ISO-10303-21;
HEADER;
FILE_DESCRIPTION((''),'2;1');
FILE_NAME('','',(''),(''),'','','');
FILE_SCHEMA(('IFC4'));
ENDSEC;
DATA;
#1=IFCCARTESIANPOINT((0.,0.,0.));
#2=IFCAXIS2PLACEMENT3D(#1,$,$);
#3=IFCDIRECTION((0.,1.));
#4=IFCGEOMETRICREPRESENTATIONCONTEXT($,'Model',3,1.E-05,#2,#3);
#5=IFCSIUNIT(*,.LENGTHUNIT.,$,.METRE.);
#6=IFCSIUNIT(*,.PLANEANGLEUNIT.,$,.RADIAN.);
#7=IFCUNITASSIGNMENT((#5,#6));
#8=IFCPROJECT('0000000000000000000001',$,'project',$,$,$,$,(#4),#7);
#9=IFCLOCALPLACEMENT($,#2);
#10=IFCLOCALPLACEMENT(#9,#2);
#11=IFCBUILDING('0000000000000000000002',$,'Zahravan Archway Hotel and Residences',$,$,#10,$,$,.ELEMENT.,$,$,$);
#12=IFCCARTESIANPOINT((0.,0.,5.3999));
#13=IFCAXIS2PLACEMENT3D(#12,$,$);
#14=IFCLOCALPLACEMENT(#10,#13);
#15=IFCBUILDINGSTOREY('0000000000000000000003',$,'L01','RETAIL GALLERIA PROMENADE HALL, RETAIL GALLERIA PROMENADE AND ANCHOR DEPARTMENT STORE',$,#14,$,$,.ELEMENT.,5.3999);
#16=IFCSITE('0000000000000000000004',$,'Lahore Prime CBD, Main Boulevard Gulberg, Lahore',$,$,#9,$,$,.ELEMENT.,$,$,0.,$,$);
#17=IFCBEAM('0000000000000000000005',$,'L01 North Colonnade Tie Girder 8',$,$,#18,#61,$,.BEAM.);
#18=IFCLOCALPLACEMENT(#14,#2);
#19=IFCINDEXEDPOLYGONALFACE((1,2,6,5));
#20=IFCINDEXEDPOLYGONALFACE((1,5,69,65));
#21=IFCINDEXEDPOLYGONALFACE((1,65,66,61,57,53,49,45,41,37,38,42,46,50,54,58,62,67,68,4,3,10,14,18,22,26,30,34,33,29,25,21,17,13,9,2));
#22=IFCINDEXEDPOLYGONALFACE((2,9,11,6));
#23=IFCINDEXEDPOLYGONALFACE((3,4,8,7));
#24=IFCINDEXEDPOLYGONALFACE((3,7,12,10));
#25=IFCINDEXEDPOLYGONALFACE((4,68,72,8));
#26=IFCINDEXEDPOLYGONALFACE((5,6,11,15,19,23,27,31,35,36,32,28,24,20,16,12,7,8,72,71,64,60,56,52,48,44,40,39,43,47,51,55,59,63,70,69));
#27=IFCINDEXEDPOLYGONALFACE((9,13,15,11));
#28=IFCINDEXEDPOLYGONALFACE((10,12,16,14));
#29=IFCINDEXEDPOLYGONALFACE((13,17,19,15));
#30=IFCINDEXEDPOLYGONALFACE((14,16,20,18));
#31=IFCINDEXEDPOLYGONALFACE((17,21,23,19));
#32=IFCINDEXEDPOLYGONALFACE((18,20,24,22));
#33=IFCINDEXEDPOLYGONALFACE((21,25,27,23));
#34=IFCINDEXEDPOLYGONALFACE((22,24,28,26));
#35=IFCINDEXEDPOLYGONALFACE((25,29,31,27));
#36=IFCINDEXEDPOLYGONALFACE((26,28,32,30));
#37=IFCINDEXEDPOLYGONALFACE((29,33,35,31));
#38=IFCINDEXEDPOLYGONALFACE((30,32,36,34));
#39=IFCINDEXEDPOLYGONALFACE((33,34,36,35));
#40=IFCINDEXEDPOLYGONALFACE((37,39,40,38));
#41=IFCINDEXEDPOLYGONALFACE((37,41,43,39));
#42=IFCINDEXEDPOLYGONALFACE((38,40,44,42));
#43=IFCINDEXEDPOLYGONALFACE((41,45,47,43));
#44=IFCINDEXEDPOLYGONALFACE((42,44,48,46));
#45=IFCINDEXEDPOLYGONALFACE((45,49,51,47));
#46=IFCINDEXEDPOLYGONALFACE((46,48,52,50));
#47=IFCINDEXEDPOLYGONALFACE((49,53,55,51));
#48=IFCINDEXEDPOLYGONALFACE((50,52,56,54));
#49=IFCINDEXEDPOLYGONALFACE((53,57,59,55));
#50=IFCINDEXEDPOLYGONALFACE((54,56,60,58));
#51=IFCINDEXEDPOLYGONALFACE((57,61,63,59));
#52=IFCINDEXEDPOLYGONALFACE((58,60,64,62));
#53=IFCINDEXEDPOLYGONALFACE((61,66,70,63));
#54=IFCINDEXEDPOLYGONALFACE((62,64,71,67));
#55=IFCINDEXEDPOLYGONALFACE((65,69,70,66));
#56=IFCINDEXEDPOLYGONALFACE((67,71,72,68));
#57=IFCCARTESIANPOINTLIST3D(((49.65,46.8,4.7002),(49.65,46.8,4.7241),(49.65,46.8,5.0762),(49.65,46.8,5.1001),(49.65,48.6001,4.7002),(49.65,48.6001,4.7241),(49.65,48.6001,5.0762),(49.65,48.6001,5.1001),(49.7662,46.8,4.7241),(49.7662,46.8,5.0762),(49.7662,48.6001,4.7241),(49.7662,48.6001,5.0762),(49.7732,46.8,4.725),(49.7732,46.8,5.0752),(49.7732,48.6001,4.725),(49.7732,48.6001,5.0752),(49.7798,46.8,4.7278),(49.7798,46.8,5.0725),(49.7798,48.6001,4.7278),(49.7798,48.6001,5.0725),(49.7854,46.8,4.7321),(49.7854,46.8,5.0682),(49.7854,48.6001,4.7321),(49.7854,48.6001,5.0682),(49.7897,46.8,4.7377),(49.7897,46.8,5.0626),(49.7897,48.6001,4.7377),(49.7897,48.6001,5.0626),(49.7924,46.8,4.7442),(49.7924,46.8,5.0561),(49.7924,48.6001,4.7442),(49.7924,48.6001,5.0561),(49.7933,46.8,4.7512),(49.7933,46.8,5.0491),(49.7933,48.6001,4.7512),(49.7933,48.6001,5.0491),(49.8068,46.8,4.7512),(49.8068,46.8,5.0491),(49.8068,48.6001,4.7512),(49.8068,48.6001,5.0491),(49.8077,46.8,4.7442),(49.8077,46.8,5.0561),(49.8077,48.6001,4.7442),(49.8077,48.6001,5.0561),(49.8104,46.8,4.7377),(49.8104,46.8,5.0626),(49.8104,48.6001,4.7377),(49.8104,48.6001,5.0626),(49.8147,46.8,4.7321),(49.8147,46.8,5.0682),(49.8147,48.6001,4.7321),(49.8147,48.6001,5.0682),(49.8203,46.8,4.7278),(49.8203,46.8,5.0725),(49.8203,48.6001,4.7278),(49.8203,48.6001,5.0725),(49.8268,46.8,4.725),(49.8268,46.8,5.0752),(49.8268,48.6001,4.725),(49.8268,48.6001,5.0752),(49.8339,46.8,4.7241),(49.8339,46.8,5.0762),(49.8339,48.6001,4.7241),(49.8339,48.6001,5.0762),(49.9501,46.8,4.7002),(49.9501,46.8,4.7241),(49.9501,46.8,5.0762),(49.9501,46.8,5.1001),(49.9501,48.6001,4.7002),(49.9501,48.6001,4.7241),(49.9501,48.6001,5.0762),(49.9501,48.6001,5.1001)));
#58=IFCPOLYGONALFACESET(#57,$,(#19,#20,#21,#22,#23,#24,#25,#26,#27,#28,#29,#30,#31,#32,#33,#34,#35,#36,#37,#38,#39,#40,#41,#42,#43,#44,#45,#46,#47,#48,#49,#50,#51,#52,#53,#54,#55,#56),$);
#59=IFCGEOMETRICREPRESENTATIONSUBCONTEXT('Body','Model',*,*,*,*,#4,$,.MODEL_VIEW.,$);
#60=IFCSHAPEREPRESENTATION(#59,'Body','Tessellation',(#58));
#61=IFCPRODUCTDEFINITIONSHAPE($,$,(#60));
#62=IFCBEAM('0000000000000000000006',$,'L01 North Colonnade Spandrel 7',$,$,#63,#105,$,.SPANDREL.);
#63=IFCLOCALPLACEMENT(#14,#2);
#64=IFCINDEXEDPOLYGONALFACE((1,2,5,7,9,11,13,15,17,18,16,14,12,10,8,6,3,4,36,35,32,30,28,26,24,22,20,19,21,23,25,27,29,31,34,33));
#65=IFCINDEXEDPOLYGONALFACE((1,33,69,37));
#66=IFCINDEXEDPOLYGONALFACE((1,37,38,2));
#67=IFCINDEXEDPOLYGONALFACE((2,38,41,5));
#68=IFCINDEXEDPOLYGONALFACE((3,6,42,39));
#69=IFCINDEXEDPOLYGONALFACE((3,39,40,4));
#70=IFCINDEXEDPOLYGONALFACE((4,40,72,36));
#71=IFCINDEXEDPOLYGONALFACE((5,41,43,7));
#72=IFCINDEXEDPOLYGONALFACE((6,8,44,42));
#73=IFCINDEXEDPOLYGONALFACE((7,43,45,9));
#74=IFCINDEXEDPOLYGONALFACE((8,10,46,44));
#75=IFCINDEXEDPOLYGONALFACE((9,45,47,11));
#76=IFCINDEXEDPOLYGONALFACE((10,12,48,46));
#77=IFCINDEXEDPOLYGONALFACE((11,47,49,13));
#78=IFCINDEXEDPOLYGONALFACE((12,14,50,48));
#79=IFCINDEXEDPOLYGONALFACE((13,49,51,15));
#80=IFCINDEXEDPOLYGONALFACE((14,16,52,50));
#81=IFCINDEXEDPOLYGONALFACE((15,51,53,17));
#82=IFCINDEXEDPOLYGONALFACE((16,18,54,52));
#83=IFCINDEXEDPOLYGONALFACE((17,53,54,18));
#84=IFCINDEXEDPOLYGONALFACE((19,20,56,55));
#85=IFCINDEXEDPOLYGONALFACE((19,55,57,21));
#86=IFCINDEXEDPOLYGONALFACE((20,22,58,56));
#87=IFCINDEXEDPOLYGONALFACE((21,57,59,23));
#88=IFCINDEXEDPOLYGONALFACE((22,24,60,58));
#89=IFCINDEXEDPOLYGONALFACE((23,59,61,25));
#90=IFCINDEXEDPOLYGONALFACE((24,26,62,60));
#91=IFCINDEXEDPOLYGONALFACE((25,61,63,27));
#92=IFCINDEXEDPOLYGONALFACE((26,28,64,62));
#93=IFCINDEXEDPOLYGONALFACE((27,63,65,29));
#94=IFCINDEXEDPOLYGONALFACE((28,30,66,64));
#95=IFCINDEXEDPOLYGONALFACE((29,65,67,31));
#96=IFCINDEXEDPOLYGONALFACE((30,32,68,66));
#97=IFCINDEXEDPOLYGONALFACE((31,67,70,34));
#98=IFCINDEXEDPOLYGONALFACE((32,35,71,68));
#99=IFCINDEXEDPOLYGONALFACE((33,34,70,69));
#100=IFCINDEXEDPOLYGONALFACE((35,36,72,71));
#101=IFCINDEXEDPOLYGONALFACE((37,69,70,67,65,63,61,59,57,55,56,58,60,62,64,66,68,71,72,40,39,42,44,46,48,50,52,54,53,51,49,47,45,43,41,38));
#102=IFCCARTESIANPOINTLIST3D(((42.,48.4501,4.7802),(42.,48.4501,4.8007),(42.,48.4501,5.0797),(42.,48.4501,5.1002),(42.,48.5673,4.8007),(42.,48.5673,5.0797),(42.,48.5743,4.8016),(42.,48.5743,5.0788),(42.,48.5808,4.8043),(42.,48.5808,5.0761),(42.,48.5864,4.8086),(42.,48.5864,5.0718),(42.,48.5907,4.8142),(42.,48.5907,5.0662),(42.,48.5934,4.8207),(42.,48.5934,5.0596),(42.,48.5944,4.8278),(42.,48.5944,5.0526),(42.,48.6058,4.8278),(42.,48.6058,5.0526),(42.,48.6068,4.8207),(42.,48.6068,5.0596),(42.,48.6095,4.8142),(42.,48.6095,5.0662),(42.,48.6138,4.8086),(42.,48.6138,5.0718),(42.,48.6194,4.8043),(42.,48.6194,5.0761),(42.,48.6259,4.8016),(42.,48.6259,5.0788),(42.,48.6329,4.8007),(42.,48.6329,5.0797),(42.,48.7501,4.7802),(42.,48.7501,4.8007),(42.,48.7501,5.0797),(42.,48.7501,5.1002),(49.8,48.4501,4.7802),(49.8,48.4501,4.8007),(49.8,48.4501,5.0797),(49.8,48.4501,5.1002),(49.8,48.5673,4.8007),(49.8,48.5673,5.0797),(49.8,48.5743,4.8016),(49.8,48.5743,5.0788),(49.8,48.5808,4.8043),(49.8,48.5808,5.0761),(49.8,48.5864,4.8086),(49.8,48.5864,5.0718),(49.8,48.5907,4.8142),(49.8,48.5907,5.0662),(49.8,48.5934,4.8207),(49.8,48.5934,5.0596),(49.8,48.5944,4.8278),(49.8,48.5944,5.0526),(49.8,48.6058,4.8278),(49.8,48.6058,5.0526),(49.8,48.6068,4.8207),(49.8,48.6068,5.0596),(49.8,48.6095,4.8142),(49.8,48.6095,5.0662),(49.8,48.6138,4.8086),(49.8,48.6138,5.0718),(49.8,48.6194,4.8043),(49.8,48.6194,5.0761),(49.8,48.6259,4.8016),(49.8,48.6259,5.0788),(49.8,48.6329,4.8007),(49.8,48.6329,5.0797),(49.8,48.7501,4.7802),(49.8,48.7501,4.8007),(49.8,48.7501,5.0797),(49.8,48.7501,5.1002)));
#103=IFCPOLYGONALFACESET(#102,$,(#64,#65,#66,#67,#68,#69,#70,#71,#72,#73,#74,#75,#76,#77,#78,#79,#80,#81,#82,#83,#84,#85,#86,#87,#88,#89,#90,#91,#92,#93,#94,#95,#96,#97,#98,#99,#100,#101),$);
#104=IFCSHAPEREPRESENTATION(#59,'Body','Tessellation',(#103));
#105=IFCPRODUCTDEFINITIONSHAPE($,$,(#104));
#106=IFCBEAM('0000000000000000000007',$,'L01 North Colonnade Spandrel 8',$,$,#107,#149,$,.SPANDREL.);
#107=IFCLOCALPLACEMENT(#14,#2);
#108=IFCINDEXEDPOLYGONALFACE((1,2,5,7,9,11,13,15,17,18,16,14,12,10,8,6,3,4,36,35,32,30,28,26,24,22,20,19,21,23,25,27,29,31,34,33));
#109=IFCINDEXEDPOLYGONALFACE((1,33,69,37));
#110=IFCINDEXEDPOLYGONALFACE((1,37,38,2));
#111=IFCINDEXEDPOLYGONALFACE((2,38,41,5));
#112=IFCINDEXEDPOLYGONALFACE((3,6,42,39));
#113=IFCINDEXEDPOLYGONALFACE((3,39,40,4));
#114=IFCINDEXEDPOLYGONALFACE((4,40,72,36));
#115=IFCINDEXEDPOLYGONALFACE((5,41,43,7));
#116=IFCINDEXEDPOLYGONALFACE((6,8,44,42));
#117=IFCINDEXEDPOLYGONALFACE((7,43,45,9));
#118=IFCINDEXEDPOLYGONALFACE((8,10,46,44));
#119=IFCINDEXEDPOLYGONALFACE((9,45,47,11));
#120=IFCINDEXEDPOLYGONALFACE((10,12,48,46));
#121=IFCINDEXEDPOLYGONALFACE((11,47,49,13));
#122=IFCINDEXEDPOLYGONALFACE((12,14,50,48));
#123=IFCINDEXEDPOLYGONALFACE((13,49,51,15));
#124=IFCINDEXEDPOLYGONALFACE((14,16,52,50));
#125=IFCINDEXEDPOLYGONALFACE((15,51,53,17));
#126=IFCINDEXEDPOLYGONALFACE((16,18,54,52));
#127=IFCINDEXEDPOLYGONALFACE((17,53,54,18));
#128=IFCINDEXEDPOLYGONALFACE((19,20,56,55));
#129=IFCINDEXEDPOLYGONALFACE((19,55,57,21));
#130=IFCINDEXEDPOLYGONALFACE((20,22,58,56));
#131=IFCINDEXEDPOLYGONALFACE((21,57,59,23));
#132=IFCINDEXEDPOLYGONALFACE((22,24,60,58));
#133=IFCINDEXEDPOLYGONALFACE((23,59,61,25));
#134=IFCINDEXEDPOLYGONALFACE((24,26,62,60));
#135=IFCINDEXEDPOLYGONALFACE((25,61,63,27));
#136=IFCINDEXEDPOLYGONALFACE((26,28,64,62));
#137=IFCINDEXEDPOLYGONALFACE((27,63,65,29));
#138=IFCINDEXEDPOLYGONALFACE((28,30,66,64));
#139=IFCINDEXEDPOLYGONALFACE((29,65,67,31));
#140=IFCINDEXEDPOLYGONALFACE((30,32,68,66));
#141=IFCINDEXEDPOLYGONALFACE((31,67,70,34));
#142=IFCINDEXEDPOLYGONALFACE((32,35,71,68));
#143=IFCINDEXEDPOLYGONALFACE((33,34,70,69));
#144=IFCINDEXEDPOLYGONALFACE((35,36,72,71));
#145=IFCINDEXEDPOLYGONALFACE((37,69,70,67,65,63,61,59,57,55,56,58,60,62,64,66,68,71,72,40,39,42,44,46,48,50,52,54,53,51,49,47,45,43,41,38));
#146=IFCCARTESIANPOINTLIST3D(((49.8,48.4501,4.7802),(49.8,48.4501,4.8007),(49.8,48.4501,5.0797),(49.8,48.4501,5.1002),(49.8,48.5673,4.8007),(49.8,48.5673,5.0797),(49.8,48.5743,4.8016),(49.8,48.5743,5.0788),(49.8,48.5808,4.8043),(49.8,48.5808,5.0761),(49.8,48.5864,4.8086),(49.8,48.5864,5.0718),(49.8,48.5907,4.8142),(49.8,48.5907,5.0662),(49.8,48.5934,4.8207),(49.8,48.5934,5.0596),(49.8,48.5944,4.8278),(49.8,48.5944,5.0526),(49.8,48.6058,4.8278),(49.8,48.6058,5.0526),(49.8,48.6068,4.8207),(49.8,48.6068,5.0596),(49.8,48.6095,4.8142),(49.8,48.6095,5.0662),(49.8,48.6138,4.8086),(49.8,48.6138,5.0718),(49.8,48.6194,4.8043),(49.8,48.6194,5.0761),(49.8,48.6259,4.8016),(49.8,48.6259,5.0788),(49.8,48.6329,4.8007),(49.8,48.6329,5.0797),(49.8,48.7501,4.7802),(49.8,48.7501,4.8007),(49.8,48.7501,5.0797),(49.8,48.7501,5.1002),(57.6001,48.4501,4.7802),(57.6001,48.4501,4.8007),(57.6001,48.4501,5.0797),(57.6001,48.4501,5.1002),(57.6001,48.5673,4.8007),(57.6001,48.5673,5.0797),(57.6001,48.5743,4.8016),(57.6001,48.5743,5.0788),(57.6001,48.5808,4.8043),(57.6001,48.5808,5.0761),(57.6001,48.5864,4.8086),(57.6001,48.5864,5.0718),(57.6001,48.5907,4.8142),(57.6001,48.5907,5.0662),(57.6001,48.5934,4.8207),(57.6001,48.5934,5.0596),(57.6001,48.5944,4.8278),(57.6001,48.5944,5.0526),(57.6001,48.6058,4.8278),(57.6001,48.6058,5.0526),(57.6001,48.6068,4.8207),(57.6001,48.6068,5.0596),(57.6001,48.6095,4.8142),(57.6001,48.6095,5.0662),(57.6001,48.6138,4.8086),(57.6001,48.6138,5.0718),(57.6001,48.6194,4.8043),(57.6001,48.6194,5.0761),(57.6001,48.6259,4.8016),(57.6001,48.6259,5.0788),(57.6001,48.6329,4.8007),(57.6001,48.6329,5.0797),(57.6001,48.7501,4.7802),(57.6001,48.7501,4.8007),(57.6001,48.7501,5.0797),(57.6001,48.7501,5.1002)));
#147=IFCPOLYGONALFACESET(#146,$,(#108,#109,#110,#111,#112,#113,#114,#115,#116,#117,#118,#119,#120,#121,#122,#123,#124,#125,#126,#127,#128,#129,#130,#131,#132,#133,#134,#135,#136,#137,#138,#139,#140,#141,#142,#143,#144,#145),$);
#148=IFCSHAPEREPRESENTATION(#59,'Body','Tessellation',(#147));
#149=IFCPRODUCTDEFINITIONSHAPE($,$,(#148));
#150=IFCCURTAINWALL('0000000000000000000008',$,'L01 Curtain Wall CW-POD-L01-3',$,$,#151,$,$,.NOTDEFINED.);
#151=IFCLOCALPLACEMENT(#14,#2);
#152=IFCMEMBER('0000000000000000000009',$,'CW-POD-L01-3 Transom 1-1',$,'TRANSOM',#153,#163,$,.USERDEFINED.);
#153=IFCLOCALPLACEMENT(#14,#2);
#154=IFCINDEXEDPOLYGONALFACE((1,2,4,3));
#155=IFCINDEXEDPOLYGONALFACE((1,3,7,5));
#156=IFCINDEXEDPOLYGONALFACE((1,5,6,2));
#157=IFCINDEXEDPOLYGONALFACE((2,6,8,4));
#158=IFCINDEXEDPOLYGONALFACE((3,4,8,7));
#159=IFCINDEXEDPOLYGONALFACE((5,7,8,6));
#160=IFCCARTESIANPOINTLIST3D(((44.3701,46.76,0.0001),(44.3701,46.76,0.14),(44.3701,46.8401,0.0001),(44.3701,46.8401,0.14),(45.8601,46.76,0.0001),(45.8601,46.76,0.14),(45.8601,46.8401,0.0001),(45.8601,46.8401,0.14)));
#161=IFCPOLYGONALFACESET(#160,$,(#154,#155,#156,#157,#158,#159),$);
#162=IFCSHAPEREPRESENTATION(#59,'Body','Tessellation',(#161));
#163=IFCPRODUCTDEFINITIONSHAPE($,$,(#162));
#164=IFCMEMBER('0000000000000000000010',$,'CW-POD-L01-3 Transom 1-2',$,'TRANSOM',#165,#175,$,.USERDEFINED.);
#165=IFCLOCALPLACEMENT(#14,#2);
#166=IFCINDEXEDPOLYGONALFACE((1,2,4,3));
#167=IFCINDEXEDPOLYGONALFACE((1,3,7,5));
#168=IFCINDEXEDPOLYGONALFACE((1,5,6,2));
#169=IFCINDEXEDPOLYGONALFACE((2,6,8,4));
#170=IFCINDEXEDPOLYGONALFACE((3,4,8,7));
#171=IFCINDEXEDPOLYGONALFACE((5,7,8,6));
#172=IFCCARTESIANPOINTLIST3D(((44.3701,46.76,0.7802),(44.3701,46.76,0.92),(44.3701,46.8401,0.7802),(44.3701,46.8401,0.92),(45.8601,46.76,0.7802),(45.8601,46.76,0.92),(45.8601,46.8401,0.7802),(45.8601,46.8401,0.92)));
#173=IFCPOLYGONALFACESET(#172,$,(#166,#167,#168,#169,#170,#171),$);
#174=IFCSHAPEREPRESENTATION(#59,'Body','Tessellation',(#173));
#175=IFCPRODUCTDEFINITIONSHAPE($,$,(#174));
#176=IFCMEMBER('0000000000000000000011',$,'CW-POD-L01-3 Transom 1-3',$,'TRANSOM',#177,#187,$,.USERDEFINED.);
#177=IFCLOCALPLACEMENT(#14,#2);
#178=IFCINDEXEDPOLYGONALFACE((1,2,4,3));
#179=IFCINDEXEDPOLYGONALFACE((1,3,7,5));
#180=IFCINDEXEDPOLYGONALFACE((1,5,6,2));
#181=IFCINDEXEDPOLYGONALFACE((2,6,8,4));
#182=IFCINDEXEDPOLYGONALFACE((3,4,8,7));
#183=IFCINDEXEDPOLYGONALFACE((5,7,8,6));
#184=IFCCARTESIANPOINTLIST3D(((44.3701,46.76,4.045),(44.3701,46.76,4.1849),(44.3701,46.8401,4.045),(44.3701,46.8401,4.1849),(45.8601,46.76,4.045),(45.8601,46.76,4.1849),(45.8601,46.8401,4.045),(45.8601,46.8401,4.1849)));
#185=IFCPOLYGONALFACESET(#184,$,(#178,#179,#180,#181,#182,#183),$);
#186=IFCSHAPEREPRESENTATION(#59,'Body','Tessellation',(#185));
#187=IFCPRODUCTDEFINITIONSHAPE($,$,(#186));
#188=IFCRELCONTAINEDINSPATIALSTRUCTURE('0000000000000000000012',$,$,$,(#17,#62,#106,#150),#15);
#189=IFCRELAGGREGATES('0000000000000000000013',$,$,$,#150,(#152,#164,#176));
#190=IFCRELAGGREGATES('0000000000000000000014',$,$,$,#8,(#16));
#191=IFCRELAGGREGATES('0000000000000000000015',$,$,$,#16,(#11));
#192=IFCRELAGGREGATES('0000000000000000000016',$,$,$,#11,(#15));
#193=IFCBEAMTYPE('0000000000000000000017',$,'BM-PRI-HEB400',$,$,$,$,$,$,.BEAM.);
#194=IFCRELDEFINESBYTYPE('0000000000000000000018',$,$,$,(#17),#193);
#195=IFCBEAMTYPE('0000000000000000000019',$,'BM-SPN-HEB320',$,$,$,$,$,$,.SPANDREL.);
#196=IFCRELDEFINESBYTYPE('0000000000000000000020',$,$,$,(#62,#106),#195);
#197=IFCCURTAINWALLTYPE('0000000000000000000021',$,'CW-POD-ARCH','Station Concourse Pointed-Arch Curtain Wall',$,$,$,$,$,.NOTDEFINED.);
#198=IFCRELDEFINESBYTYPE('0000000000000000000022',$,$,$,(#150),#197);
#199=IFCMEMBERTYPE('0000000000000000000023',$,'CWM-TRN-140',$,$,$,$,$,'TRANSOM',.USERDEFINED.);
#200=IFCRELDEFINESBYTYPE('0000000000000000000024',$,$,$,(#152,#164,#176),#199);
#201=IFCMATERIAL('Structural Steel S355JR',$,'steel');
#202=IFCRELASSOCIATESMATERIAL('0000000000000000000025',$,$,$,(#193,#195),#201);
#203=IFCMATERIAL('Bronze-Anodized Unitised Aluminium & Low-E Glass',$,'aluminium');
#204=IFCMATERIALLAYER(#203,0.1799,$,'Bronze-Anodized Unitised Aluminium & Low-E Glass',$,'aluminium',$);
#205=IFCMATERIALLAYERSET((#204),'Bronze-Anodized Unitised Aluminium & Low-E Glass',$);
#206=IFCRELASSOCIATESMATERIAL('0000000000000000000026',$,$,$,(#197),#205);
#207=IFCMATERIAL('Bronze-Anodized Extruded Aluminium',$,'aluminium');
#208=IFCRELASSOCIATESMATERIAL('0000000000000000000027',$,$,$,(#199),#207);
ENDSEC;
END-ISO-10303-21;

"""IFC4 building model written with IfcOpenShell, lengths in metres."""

from ifc_helpers import new_model, si_unit, direction, frame, origin, origin_2d, place, context, subcontext, project, spatial, rectangle, i_section, extrude, source, transform, mapped, material, layer, layer_set, material_profile, profile_set, type_object, element, aggregate, save


model = new_model("IFC4")

# Units and contexts
model_context = context("Model", 3, precision=1e-05, world=origin(), true_north=direction((0.0, 1.0)))
body_context = subcontext(model_context, "Body", "Model", "MODEL_VIEW")
ifc_project = project(units=[si_unit("LENGTHUNIT", "METRE"), si_unit("PLANEANGLEUNIT", "RADIAN")], contexts=[model_context])

# Site, building, storey
site_placement = place(None, origin())
site = spatial("IfcSite", under=ifc_project, at=site_placement, Name="Lahore Prime CBD, Main Boulevard Gulberg, Lahore", CompositionType="ELEMENT", RefElevation=0.0)
building_placement = place(site_placement, origin())
building = spatial("IfcBuilding", under=site, at=building_placement, Name="Zahravan Archway Hotel and Residences", CompositionType="ELEMENT")
storey_placement = place(building_placement, frame((0.0, 0.0, 5.3999)))
storey = spatial("IfcBuildingStorey", under=building, at=storey_placement, Name="L01", Description="RETAIL GALLERIA PROMENADE HALL, RETAIL GALLERIA PROMENADE AND ANCHOR DEPARTMENT STORE", CompositionType="ELEMENT", Elevation=5.3999)

# Beams
ifc_material_1 = material(Name="Structural Steel S355JR", Category="steel")
ifc_material_profile_1 = material_profile(ifc_material_1, i_section(OverallWidth=0.3, OverallDepth=0.3999, WebThickness=0.0134, FlangeThickness=0.0239, FilletRadius=0.0271, at=origin_2d()), Name="HEB 400", Category="steel")
ifc_profile_set_1 = profile_set([ifc_material_profile_1], Name="Structural Steel S355JR")
beam_type_1 = type_object("IfcBeamType", Name="BM-PRI-HEB400", PredefinedType="BEAM", material=ifc_profile_set_1)
shared_shape_1 = source(origin(), body_context, "Body", "SweptSolid", [
    extrude(i_section(OverallWidth=0.3, OverallDepth=0.3999, WebThickness=0.0134, FlangeThickness=0.0239, FilletRadius=0.0271, at=origin_2d()), origin(), (0.0, 0.0, 1.0), 1.8),
])
beam_1_placement = place(storey_placement, frame((49.8, 46.8, 4.9001), z_axis=(0.0, 1.0, 0.0), x_axis=(-1.0, 0.0, 0.0)))
element("IfcBeam", 1, at=beam_1_placement, inside=storey, type_object=beam_type_1, Name="L01 North Colonnade Tie Girder 8", PredefinedType="BEAM", context=body_context, shape_type="MappedRepresentation", body=[
    mapped(shared_shape_1, transform((0.0, 0.0, 0.0), scale=1.0)),
])
ifc_material_profile_2 = material_profile(ifc_material_1, i_section(OverallWidth=0.3, OverallDepth=0.3201, WebThickness=0.0115, FlangeThickness=0.0205, FilletRadius=0.0271, at=origin_2d()), Name="HEB 320", Category="steel")
ifc_profile_set_2 = profile_set([ifc_material_profile_2], Name="Structural Steel S355JR")
beam_type_2 = type_object("IfcBeamType", Name="BM-SPN-HEB320", PredefinedType="SPANDREL", material=ifc_profile_set_2)
shared_shape_2 = source(origin(), body_context, "Body", "SweptSolid", [
    extrude(i_section(OverallWidth=0.3, OverallDepth=0.3201, WebThickness=0.0115, FlangeThickness=0.0205, FilletRadius=0.0271, at=origin_2d()), origin(), (0.0, 0.0, 1.0), 7.8),
])
for number, where, z_axis, x_axis, name in (
    (2, (42.0, 48.6001, 4.9402), (1.0, 0.0, 0.0), (0.0, 1.0, 0.0), "L01 North Colonnade Spandrel 7"),
    (3, (49.8, 48.6001, 4.9402), (1.0, 0.0, 0.0), (0.0, 1.0, 0.0), "L01 North Colonnade Spandrel 8"),
):
    element("IfcBeam", number, at=place(storey_placement, frame(where, z_axis=z_axis, x_axis=x_axis)), inside=storey, type_object=beam_type_2, Name=name, PredefinedType="SPANDREL", context=body_context, shape_type="MappedRepresentation", body=[
        mapped(shared_shape_2, transform((0.0, 0.0, 0.0), scale=1.0)),
    ])

# Curtain wall, members
ifc_material_2 = material(Name="Bronze-Anodized Unitised Aluminium & Low-E Glass", Category="aluminium")
ifc_layer_1 = layer(ifc_material_2, 0.1799, Name="Bronze-Anodized Unitised Aluminium & Low-E Glass", Category="aluminium")
ifc_layer_set_1 = layer_set([ifc_layer_1], Name="Bronze-Anodized Unitised Aluminium & Low-E Glass")
curtain_wall_type = type_object("IfcCurtainWallType", Name="CW-POD-ARCH", Description="Station Concourse Pointed-Arch Curtain Wall", PredefinedType="NOTDEFINED", material=ifc_layer_set_1)
curtain_wall_placement = place(storey_placement, origin())
curtain_wall = element("IfcCurtainWall", 4, at=curtain_wall_placement, inside=storey, type_object=curtain_wall_type, Name="L01 Curtain Wall CW-POD-L01-3", PredefinedType="NOTDEFINED")
ifc_material_3 = material(Name="Bronze-Anodized Extruded Aluminium", Category="aluminium")
ifc_material_profile_3 = material_profile(ifc_material_3, rectangle(XDim=0.0801, YDim=0.1399, at=origin_2d()), Name="TRN 80x140", Category="aluminium")
ifc_profile_set_3 = profile_set([ifc_material_profile_3], Name="Bronze-Anodized Extruded Aluminium")
member_type_1 = type_object("IfcMemberType", Name="CWM-TRN-140", ElementType="TRANSOM", PredefinedType="USERDEFINED", material=ifc_profile_set_3)
shared_shape_3 = source(origin(), body_context, "Body", "SweptSolid", [
    extrude(rectangle(XDim=0.0801, YDim=0.1399, at=origin_2d()), origin(), (0.0, 0.0, 1.0), 1.49),
])
member_1_placement = place(storey_placement, frame((44.3701, 46.8, 0.0701), z_axis=(1.0, 0.0, 0.0), x_axis=(0.0, 1.0, 0.0)))
member_1 = element("IfcMember", 5, at=member_1_placement, type_object=member_type_1, Name="CW-POD-L01-3 Transom 1-1", ObjectType="TRANSOM", PredefinedType="USERDEFINED", context=body_context, shape_type="MappedRepresentation", body=[
    mapped(shared_shape_3, transform((0.0, 0.0, 0.0), scale=1.0)),
])
member_2_placement = place(storey_placement, frame((44.3701, 46.8, 0.8501), z_axis=(1.0, 0.0, 0.0), x_axis=(0.0, 1.0, 0.0)))
member_2 = element("IfcMember", 6, at=member_2_placement, type_object=member_type_1, Name="CW-POD-L01-3 Transom 1-2", ObjectType="TRANSOM", PredefinedType="USERDEFINED", context=body_context, shape_type="MappedRepresentation", body=[
    mapped(shared_shape_3, transform((0.0, 0.0, 0.0), scale=1.0)),
])
member_3_placement = place(storey_placement, frame((44.3701, 46.8, 4.115), z_axis=(1.0, 0.0, 0.0), x_axis=(0.0, 1.0, 0.0)))
member_3 = element("IfcMember", 7, at=member_3_placement, type_object=member_type_1, Name="CW-POD-L01-3 Transom 1-3", ObjectType="TRANSOM", PredefinedType="USERDEFINED", context=body_context, shape_type="MappedRepresentation", body=[
    mapped(shared_shape_3, transform((0.0, 0.0, 0.0), scale=1.0)),
])
aggregate(curtain_wall, [member_1, member_2, member_3])

save(model, "model.ifc")
